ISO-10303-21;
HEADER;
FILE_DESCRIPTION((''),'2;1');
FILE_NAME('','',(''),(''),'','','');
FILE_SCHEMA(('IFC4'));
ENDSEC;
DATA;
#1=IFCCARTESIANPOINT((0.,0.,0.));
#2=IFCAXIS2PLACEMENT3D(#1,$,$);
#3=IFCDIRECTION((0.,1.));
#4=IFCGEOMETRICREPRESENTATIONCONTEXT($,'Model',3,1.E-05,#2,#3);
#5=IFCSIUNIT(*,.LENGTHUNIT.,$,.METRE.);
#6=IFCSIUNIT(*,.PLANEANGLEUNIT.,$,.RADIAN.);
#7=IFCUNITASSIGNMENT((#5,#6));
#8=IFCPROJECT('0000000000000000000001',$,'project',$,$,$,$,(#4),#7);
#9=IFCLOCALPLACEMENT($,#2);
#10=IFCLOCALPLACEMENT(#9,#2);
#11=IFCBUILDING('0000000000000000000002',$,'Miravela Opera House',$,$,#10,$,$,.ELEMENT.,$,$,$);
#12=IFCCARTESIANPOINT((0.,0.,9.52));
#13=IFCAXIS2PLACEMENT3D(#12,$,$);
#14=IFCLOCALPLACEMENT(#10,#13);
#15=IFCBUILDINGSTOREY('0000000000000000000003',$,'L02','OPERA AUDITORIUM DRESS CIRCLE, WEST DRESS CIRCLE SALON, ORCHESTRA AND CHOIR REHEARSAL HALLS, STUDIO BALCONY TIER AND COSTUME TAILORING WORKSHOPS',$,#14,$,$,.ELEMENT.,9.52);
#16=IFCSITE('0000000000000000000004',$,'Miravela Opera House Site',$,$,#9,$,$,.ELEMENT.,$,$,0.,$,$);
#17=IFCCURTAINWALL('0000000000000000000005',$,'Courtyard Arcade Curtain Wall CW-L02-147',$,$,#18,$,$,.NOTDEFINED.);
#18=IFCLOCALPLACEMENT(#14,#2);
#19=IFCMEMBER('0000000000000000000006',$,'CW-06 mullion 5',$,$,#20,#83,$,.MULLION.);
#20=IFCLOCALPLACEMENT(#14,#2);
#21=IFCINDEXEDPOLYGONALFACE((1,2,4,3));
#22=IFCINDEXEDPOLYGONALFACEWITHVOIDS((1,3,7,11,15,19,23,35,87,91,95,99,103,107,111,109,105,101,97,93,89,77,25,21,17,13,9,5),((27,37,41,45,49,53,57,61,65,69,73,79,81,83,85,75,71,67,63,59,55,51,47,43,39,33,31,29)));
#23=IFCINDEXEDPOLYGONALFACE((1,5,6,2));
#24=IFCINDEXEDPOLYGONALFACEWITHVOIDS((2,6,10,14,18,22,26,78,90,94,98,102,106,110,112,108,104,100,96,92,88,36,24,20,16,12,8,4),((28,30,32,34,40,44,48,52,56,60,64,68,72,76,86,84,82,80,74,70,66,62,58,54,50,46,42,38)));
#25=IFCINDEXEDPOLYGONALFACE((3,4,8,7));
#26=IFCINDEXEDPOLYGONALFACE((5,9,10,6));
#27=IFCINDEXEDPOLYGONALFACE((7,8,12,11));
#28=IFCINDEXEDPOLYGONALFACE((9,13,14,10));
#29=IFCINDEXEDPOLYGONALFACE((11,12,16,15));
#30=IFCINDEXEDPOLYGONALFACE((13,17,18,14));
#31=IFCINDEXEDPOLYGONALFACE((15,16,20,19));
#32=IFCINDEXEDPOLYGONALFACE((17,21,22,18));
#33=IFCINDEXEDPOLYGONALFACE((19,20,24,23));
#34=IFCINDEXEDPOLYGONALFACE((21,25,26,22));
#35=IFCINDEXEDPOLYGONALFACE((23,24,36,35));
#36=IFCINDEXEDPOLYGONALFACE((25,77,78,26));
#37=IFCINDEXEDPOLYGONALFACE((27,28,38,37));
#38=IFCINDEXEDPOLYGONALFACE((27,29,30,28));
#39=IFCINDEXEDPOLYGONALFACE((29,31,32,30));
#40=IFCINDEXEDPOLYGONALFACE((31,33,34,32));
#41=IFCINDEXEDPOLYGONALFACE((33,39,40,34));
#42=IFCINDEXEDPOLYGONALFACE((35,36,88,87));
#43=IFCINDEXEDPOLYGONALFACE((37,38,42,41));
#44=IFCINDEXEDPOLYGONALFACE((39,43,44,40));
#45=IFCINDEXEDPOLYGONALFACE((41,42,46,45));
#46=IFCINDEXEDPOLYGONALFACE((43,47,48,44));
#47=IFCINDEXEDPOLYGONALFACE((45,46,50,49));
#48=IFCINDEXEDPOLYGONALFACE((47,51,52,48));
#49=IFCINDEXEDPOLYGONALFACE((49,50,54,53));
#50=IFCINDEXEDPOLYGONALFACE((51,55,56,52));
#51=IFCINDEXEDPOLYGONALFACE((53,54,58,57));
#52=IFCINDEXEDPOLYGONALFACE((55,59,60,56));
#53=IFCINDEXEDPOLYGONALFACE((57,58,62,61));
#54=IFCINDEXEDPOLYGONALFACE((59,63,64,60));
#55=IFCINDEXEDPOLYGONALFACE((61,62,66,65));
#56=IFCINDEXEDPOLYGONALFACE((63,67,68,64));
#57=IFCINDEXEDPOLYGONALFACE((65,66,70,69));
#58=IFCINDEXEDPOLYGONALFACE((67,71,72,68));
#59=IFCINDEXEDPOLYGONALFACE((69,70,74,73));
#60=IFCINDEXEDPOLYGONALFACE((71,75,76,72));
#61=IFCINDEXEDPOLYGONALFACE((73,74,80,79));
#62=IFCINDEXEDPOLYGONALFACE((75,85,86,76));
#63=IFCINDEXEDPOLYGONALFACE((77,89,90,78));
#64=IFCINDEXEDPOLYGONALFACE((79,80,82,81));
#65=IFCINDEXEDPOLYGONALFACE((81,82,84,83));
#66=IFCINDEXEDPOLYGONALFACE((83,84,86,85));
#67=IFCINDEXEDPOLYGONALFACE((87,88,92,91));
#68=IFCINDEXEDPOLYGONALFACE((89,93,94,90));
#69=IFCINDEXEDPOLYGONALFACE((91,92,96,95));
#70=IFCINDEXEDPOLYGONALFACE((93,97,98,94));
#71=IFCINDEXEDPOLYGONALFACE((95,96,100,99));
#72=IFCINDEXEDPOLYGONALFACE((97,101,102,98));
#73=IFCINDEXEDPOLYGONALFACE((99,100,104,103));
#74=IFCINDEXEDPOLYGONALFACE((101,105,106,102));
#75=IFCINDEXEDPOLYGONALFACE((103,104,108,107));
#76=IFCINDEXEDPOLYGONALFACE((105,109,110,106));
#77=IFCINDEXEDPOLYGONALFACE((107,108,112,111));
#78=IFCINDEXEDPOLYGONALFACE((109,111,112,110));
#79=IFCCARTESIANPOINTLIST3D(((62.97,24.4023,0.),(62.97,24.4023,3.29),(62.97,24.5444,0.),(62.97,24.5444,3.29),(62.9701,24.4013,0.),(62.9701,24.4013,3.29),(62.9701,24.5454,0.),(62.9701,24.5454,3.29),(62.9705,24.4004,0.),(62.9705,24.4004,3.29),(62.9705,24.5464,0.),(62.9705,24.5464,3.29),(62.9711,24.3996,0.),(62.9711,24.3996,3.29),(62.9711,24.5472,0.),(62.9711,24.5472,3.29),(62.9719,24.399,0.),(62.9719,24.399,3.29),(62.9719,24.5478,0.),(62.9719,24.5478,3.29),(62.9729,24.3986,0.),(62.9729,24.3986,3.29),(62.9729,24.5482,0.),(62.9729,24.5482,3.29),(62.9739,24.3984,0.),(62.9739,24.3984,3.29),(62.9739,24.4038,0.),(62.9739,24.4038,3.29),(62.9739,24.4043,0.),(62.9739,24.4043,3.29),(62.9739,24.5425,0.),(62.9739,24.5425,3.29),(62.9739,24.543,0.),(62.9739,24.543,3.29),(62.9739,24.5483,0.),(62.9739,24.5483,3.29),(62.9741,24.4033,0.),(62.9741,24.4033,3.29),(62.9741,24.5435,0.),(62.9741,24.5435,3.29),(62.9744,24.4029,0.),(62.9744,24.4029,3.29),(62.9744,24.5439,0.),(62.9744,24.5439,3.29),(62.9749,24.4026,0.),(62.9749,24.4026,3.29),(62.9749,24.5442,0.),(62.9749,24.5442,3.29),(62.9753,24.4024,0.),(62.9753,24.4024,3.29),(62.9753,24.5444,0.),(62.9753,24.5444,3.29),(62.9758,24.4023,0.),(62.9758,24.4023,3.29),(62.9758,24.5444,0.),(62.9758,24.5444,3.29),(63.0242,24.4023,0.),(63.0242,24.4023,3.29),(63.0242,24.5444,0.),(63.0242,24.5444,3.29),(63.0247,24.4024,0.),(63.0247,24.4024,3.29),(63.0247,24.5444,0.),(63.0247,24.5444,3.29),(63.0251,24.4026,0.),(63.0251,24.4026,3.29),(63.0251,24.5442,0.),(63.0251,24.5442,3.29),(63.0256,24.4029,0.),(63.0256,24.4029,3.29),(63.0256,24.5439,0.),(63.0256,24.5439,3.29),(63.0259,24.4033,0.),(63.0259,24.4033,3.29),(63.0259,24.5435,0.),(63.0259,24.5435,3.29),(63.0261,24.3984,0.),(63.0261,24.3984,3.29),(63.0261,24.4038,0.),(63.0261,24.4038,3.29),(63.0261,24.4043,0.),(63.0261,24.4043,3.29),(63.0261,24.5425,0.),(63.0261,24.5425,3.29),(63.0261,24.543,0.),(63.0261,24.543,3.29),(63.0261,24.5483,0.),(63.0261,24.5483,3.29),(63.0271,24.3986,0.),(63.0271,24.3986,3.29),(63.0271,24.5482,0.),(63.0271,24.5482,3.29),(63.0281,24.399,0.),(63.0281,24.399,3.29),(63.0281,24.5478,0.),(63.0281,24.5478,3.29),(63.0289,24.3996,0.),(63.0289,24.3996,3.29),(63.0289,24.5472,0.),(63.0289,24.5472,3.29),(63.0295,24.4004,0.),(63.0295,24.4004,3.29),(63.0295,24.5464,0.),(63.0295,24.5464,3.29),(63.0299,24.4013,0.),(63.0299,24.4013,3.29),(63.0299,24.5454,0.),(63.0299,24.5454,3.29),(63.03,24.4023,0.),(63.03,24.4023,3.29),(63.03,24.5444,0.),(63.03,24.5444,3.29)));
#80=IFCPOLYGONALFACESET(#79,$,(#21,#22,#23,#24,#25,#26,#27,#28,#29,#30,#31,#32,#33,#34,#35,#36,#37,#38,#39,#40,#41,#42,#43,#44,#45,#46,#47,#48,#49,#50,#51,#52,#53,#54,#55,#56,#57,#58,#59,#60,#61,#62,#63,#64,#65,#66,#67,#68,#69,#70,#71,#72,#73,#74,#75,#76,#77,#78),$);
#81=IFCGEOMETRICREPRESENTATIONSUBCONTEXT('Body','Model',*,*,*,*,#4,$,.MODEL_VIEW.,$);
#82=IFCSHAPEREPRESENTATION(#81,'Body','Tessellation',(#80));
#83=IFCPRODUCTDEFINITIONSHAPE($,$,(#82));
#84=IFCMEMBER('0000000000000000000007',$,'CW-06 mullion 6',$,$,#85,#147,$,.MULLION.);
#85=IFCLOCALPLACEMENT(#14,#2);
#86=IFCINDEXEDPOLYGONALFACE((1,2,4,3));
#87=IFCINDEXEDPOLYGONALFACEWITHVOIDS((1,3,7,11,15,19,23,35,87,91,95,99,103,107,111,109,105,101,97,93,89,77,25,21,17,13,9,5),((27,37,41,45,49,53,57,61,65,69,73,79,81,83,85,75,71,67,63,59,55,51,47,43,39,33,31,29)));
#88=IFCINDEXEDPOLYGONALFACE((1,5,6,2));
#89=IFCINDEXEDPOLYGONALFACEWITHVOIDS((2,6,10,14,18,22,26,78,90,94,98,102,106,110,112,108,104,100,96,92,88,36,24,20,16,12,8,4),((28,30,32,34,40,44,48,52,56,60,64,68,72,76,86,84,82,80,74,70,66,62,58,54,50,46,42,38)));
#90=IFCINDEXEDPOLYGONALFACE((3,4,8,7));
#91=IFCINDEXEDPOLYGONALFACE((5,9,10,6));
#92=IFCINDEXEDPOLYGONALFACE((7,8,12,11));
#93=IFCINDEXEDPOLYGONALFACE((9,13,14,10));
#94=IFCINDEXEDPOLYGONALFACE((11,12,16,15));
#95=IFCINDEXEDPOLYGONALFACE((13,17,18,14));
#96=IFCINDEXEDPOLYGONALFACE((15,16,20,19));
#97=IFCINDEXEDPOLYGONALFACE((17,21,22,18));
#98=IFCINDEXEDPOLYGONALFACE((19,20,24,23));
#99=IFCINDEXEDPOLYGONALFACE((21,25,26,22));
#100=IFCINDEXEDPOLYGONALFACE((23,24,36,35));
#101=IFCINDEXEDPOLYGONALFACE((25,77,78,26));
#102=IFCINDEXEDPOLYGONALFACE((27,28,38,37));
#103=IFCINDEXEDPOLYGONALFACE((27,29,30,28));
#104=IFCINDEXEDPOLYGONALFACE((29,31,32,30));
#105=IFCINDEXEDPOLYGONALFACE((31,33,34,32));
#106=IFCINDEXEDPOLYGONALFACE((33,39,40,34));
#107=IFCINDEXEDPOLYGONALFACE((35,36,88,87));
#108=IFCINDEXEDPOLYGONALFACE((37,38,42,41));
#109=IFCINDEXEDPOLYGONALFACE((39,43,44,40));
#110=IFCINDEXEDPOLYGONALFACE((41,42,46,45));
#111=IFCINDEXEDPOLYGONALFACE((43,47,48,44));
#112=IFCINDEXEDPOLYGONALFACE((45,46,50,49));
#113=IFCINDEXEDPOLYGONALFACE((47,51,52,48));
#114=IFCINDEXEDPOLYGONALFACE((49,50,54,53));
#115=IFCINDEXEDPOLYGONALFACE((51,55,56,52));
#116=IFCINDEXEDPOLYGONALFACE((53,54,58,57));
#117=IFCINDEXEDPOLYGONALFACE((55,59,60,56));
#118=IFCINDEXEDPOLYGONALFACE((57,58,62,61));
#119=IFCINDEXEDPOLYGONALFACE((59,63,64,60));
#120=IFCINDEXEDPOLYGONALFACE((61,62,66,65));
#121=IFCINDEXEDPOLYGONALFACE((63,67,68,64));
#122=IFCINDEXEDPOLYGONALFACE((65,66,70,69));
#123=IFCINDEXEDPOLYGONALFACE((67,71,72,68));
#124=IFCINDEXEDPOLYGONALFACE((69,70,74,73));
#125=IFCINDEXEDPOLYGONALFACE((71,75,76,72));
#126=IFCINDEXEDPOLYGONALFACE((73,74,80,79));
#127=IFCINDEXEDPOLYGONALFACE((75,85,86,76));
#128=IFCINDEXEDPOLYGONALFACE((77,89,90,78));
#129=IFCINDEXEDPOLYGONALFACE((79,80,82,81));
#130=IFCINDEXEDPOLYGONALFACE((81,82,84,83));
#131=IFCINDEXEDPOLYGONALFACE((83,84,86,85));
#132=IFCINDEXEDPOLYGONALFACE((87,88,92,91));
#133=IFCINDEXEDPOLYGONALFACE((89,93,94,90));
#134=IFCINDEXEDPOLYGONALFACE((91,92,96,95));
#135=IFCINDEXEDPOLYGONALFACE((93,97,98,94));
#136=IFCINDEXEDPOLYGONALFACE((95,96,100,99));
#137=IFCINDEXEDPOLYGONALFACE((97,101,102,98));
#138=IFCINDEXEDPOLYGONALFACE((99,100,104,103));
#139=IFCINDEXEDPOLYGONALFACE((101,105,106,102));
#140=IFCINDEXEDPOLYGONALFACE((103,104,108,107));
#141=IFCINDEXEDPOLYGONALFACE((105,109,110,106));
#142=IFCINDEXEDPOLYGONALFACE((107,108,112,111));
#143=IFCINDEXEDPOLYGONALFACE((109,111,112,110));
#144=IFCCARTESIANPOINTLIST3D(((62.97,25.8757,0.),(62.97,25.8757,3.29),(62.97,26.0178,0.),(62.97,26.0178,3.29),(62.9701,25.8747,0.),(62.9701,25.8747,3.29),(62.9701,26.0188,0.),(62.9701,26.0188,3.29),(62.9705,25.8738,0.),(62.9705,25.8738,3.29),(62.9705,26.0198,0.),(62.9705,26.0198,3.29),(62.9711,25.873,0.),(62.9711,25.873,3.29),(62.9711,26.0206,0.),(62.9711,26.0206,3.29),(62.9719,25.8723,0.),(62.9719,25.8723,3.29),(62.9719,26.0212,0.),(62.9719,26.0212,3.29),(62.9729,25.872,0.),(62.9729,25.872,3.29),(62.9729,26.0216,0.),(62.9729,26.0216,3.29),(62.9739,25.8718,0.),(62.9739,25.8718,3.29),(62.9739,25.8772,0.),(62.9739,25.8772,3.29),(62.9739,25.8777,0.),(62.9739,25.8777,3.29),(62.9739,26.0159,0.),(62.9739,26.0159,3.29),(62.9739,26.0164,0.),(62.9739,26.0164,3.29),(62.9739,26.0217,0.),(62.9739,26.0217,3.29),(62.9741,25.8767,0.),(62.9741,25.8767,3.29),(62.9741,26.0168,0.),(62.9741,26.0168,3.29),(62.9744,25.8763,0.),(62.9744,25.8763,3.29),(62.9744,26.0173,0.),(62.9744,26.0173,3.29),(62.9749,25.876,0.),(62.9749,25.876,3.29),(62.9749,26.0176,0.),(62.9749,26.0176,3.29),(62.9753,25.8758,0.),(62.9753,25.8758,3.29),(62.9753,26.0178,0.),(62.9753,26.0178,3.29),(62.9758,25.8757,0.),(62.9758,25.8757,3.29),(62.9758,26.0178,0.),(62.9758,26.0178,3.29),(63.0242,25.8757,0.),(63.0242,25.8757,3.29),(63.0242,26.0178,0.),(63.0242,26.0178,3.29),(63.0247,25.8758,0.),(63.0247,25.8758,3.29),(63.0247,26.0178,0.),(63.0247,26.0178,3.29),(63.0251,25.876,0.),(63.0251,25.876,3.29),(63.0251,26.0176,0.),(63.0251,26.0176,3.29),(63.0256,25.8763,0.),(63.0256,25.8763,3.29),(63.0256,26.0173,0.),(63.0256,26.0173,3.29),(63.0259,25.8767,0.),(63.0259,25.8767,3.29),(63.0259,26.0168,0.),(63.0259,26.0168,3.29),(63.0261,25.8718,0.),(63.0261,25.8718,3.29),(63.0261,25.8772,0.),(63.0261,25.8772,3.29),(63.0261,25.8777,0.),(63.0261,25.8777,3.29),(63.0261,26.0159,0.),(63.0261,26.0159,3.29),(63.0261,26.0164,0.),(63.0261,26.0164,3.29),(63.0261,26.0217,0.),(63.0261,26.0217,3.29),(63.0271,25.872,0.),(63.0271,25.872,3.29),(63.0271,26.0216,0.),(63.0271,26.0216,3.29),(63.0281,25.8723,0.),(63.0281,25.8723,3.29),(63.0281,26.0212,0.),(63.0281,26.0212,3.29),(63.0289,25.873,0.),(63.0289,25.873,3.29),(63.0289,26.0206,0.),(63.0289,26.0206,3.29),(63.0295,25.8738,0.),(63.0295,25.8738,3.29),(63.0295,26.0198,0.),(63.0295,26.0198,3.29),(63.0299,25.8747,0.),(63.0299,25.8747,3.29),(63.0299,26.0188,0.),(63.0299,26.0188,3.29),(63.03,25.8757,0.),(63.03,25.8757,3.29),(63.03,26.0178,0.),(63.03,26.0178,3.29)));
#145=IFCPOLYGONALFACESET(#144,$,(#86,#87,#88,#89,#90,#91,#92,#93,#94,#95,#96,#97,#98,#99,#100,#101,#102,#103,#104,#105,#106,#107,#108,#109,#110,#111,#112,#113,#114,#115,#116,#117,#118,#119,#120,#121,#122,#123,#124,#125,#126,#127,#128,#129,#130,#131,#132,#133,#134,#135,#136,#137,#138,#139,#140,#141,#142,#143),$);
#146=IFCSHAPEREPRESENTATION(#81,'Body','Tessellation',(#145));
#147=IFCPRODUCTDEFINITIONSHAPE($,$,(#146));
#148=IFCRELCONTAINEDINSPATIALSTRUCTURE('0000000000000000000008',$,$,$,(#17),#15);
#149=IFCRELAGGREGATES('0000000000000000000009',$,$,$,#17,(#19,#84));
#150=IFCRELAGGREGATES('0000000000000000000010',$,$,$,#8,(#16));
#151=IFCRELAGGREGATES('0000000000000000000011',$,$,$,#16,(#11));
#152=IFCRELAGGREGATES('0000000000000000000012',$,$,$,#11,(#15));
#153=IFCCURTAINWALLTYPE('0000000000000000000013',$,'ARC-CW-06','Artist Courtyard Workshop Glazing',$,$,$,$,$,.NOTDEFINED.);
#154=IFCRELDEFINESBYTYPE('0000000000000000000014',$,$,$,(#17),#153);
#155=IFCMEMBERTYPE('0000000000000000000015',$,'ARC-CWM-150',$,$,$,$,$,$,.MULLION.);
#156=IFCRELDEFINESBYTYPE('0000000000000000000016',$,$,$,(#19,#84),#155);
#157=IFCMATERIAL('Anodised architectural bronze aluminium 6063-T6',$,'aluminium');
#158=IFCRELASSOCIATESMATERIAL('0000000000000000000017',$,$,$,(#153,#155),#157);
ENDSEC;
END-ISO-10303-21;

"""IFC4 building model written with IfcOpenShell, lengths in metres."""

from ifc_helpers import new_model, si_unit, direction, frame, origin, origin_2d, place, context, subcontext, project, spatial, hollow_rectangle, extrude, material, material_profile, profile_set, type_object, element, aggregate, save


model = new_model("IFC4")

# Units and contexts
model_context = context("Model", 3, precision=1e-05, world=origin(), true_north=direction((0.0, 1.0)))
body_context = subcontext(model_context, "Body", "Model", "MODEL_VIEW")
ifc_project = project(units=[si_unit("LENGTHUNIT", "METRE"), si_unit("PLANEANGLEUNIT", "RADIAN")], contexts=[model_context])

# Site, building, storey
site_placement = place(None, origin())
site = spatial("IfcSite", under=ifc_project, at=site_placement, Name="Miravela Opera House Site", CompositionType="ELEMENT", RefElevation=0.0)
building_placement = place(site_placement, origin())
building = spatial("IfcBuilding", under=site, at=building_placement, Name="Miravela Opera House", CompositionType="ELEMENT")
storey_placement = place(building_placement, frame((0.0, 0.0, 9.52)))
storey = spatial("IfcBuildingStorey", under=building, at=storey_placement, Name="L02", Description="OPERA AUDITORIUM DRESS CIRCLE, WEST DRESS CIRCLE SALON, ORCHESTRA AND CHOIR REHEARSAL HALLS, STUDIO BALCONY TIER AND COSTUME TAILORING WORKSHOPS", CompositionType="ELEMENT", Elevation=9.52)

# Curtain wall, members
ifc_material_1 = material(Name="Anodised architectural bronze aluminium 6063-T6", Category="aluminium")
curtain_wall_type = type_object("IfcCurtainWallType", Name="ARC-CW-06", Description="Artist Courtyard Workshop Glazing", PredefinedType="NOTDEFINED", material=ifc_material_1)
curtain_wall_1_placement = place(storey_placement, origin())
curtain_wall_1 = element("IfcCurtainWall", 1, at=curtain_wall_1_placement, inside=storey, type_object=curtain_wall_type, Name="Courtyard Arcade Curtain Wall CW-L02-147", PredefinedType="NOTDEFINED")
ifc_material_profile_1 = material_profile(ifc_material_1, hollow_rectangle(XDim=0.0601, YDim=0.1499, WallThickness=0.0039, InnerFilletRadius=0.002, OuterFilletRadius=0.0039, at=origin_2d()), Name="CWM-60X150")
ifc_profile_set_1 = profile_set([ifc_material_profile_1])
member_type_1 = type_object("IfcMemberType", Name="ARC-CWM-150", PredefinedType="MULLION", material=ifc_profile_set_1)
member_1_placement = place(storey_placement, frame((63.0, 24.4734, 0.0), z_axis=(0.0, 0.0, 1.0), x_axis=(-1.0, 0.0, 0.0)))
member_1 = element("IfcMember", 2, at=member_1_placement, type_object=member_type_1, Name="CW-06 mullion 5", PredefinedType="MULLION", context=body_context, shape_type="SweptSolid", body=[
    extrude(hollow_rectangle(XDim=0.0601, YDim=0.1499, WallThickness=0.0039, InnerFilletRadius=0.002, OuterFilletRadius=0.0039, at=origin_2d()), origin(), (0.0, 0.0, 1.0), 3.29),
])
member_2_placement = place(storey_placement, frame((63.0, 25.9468, 0.0), z_axis=(0.0, 0.0, 1.0), x_axis=(-1.0, 0.0, 0.0)))
member_2 = element("IfcMember", 3, at=member_2_placement, type_object=member_type_1, Name="CW-06 mullion 6", PredefinedType="MULLION", context=body_context, shape_type="SweptSolid", body=[
    extrude(hollow_rectangle(XDim=0.0601, YDim=0.1499, WallThickness=0.0039, InnerFilletRadius=0.002, OuterFilletRadius=0.0039, at=origin_2d()), origin(), (0.0, 0.0, 1.0), 3.29),
])

aggregate(curtain_wall_1, [member_1, member_2])

save(model, "model.ifc")
